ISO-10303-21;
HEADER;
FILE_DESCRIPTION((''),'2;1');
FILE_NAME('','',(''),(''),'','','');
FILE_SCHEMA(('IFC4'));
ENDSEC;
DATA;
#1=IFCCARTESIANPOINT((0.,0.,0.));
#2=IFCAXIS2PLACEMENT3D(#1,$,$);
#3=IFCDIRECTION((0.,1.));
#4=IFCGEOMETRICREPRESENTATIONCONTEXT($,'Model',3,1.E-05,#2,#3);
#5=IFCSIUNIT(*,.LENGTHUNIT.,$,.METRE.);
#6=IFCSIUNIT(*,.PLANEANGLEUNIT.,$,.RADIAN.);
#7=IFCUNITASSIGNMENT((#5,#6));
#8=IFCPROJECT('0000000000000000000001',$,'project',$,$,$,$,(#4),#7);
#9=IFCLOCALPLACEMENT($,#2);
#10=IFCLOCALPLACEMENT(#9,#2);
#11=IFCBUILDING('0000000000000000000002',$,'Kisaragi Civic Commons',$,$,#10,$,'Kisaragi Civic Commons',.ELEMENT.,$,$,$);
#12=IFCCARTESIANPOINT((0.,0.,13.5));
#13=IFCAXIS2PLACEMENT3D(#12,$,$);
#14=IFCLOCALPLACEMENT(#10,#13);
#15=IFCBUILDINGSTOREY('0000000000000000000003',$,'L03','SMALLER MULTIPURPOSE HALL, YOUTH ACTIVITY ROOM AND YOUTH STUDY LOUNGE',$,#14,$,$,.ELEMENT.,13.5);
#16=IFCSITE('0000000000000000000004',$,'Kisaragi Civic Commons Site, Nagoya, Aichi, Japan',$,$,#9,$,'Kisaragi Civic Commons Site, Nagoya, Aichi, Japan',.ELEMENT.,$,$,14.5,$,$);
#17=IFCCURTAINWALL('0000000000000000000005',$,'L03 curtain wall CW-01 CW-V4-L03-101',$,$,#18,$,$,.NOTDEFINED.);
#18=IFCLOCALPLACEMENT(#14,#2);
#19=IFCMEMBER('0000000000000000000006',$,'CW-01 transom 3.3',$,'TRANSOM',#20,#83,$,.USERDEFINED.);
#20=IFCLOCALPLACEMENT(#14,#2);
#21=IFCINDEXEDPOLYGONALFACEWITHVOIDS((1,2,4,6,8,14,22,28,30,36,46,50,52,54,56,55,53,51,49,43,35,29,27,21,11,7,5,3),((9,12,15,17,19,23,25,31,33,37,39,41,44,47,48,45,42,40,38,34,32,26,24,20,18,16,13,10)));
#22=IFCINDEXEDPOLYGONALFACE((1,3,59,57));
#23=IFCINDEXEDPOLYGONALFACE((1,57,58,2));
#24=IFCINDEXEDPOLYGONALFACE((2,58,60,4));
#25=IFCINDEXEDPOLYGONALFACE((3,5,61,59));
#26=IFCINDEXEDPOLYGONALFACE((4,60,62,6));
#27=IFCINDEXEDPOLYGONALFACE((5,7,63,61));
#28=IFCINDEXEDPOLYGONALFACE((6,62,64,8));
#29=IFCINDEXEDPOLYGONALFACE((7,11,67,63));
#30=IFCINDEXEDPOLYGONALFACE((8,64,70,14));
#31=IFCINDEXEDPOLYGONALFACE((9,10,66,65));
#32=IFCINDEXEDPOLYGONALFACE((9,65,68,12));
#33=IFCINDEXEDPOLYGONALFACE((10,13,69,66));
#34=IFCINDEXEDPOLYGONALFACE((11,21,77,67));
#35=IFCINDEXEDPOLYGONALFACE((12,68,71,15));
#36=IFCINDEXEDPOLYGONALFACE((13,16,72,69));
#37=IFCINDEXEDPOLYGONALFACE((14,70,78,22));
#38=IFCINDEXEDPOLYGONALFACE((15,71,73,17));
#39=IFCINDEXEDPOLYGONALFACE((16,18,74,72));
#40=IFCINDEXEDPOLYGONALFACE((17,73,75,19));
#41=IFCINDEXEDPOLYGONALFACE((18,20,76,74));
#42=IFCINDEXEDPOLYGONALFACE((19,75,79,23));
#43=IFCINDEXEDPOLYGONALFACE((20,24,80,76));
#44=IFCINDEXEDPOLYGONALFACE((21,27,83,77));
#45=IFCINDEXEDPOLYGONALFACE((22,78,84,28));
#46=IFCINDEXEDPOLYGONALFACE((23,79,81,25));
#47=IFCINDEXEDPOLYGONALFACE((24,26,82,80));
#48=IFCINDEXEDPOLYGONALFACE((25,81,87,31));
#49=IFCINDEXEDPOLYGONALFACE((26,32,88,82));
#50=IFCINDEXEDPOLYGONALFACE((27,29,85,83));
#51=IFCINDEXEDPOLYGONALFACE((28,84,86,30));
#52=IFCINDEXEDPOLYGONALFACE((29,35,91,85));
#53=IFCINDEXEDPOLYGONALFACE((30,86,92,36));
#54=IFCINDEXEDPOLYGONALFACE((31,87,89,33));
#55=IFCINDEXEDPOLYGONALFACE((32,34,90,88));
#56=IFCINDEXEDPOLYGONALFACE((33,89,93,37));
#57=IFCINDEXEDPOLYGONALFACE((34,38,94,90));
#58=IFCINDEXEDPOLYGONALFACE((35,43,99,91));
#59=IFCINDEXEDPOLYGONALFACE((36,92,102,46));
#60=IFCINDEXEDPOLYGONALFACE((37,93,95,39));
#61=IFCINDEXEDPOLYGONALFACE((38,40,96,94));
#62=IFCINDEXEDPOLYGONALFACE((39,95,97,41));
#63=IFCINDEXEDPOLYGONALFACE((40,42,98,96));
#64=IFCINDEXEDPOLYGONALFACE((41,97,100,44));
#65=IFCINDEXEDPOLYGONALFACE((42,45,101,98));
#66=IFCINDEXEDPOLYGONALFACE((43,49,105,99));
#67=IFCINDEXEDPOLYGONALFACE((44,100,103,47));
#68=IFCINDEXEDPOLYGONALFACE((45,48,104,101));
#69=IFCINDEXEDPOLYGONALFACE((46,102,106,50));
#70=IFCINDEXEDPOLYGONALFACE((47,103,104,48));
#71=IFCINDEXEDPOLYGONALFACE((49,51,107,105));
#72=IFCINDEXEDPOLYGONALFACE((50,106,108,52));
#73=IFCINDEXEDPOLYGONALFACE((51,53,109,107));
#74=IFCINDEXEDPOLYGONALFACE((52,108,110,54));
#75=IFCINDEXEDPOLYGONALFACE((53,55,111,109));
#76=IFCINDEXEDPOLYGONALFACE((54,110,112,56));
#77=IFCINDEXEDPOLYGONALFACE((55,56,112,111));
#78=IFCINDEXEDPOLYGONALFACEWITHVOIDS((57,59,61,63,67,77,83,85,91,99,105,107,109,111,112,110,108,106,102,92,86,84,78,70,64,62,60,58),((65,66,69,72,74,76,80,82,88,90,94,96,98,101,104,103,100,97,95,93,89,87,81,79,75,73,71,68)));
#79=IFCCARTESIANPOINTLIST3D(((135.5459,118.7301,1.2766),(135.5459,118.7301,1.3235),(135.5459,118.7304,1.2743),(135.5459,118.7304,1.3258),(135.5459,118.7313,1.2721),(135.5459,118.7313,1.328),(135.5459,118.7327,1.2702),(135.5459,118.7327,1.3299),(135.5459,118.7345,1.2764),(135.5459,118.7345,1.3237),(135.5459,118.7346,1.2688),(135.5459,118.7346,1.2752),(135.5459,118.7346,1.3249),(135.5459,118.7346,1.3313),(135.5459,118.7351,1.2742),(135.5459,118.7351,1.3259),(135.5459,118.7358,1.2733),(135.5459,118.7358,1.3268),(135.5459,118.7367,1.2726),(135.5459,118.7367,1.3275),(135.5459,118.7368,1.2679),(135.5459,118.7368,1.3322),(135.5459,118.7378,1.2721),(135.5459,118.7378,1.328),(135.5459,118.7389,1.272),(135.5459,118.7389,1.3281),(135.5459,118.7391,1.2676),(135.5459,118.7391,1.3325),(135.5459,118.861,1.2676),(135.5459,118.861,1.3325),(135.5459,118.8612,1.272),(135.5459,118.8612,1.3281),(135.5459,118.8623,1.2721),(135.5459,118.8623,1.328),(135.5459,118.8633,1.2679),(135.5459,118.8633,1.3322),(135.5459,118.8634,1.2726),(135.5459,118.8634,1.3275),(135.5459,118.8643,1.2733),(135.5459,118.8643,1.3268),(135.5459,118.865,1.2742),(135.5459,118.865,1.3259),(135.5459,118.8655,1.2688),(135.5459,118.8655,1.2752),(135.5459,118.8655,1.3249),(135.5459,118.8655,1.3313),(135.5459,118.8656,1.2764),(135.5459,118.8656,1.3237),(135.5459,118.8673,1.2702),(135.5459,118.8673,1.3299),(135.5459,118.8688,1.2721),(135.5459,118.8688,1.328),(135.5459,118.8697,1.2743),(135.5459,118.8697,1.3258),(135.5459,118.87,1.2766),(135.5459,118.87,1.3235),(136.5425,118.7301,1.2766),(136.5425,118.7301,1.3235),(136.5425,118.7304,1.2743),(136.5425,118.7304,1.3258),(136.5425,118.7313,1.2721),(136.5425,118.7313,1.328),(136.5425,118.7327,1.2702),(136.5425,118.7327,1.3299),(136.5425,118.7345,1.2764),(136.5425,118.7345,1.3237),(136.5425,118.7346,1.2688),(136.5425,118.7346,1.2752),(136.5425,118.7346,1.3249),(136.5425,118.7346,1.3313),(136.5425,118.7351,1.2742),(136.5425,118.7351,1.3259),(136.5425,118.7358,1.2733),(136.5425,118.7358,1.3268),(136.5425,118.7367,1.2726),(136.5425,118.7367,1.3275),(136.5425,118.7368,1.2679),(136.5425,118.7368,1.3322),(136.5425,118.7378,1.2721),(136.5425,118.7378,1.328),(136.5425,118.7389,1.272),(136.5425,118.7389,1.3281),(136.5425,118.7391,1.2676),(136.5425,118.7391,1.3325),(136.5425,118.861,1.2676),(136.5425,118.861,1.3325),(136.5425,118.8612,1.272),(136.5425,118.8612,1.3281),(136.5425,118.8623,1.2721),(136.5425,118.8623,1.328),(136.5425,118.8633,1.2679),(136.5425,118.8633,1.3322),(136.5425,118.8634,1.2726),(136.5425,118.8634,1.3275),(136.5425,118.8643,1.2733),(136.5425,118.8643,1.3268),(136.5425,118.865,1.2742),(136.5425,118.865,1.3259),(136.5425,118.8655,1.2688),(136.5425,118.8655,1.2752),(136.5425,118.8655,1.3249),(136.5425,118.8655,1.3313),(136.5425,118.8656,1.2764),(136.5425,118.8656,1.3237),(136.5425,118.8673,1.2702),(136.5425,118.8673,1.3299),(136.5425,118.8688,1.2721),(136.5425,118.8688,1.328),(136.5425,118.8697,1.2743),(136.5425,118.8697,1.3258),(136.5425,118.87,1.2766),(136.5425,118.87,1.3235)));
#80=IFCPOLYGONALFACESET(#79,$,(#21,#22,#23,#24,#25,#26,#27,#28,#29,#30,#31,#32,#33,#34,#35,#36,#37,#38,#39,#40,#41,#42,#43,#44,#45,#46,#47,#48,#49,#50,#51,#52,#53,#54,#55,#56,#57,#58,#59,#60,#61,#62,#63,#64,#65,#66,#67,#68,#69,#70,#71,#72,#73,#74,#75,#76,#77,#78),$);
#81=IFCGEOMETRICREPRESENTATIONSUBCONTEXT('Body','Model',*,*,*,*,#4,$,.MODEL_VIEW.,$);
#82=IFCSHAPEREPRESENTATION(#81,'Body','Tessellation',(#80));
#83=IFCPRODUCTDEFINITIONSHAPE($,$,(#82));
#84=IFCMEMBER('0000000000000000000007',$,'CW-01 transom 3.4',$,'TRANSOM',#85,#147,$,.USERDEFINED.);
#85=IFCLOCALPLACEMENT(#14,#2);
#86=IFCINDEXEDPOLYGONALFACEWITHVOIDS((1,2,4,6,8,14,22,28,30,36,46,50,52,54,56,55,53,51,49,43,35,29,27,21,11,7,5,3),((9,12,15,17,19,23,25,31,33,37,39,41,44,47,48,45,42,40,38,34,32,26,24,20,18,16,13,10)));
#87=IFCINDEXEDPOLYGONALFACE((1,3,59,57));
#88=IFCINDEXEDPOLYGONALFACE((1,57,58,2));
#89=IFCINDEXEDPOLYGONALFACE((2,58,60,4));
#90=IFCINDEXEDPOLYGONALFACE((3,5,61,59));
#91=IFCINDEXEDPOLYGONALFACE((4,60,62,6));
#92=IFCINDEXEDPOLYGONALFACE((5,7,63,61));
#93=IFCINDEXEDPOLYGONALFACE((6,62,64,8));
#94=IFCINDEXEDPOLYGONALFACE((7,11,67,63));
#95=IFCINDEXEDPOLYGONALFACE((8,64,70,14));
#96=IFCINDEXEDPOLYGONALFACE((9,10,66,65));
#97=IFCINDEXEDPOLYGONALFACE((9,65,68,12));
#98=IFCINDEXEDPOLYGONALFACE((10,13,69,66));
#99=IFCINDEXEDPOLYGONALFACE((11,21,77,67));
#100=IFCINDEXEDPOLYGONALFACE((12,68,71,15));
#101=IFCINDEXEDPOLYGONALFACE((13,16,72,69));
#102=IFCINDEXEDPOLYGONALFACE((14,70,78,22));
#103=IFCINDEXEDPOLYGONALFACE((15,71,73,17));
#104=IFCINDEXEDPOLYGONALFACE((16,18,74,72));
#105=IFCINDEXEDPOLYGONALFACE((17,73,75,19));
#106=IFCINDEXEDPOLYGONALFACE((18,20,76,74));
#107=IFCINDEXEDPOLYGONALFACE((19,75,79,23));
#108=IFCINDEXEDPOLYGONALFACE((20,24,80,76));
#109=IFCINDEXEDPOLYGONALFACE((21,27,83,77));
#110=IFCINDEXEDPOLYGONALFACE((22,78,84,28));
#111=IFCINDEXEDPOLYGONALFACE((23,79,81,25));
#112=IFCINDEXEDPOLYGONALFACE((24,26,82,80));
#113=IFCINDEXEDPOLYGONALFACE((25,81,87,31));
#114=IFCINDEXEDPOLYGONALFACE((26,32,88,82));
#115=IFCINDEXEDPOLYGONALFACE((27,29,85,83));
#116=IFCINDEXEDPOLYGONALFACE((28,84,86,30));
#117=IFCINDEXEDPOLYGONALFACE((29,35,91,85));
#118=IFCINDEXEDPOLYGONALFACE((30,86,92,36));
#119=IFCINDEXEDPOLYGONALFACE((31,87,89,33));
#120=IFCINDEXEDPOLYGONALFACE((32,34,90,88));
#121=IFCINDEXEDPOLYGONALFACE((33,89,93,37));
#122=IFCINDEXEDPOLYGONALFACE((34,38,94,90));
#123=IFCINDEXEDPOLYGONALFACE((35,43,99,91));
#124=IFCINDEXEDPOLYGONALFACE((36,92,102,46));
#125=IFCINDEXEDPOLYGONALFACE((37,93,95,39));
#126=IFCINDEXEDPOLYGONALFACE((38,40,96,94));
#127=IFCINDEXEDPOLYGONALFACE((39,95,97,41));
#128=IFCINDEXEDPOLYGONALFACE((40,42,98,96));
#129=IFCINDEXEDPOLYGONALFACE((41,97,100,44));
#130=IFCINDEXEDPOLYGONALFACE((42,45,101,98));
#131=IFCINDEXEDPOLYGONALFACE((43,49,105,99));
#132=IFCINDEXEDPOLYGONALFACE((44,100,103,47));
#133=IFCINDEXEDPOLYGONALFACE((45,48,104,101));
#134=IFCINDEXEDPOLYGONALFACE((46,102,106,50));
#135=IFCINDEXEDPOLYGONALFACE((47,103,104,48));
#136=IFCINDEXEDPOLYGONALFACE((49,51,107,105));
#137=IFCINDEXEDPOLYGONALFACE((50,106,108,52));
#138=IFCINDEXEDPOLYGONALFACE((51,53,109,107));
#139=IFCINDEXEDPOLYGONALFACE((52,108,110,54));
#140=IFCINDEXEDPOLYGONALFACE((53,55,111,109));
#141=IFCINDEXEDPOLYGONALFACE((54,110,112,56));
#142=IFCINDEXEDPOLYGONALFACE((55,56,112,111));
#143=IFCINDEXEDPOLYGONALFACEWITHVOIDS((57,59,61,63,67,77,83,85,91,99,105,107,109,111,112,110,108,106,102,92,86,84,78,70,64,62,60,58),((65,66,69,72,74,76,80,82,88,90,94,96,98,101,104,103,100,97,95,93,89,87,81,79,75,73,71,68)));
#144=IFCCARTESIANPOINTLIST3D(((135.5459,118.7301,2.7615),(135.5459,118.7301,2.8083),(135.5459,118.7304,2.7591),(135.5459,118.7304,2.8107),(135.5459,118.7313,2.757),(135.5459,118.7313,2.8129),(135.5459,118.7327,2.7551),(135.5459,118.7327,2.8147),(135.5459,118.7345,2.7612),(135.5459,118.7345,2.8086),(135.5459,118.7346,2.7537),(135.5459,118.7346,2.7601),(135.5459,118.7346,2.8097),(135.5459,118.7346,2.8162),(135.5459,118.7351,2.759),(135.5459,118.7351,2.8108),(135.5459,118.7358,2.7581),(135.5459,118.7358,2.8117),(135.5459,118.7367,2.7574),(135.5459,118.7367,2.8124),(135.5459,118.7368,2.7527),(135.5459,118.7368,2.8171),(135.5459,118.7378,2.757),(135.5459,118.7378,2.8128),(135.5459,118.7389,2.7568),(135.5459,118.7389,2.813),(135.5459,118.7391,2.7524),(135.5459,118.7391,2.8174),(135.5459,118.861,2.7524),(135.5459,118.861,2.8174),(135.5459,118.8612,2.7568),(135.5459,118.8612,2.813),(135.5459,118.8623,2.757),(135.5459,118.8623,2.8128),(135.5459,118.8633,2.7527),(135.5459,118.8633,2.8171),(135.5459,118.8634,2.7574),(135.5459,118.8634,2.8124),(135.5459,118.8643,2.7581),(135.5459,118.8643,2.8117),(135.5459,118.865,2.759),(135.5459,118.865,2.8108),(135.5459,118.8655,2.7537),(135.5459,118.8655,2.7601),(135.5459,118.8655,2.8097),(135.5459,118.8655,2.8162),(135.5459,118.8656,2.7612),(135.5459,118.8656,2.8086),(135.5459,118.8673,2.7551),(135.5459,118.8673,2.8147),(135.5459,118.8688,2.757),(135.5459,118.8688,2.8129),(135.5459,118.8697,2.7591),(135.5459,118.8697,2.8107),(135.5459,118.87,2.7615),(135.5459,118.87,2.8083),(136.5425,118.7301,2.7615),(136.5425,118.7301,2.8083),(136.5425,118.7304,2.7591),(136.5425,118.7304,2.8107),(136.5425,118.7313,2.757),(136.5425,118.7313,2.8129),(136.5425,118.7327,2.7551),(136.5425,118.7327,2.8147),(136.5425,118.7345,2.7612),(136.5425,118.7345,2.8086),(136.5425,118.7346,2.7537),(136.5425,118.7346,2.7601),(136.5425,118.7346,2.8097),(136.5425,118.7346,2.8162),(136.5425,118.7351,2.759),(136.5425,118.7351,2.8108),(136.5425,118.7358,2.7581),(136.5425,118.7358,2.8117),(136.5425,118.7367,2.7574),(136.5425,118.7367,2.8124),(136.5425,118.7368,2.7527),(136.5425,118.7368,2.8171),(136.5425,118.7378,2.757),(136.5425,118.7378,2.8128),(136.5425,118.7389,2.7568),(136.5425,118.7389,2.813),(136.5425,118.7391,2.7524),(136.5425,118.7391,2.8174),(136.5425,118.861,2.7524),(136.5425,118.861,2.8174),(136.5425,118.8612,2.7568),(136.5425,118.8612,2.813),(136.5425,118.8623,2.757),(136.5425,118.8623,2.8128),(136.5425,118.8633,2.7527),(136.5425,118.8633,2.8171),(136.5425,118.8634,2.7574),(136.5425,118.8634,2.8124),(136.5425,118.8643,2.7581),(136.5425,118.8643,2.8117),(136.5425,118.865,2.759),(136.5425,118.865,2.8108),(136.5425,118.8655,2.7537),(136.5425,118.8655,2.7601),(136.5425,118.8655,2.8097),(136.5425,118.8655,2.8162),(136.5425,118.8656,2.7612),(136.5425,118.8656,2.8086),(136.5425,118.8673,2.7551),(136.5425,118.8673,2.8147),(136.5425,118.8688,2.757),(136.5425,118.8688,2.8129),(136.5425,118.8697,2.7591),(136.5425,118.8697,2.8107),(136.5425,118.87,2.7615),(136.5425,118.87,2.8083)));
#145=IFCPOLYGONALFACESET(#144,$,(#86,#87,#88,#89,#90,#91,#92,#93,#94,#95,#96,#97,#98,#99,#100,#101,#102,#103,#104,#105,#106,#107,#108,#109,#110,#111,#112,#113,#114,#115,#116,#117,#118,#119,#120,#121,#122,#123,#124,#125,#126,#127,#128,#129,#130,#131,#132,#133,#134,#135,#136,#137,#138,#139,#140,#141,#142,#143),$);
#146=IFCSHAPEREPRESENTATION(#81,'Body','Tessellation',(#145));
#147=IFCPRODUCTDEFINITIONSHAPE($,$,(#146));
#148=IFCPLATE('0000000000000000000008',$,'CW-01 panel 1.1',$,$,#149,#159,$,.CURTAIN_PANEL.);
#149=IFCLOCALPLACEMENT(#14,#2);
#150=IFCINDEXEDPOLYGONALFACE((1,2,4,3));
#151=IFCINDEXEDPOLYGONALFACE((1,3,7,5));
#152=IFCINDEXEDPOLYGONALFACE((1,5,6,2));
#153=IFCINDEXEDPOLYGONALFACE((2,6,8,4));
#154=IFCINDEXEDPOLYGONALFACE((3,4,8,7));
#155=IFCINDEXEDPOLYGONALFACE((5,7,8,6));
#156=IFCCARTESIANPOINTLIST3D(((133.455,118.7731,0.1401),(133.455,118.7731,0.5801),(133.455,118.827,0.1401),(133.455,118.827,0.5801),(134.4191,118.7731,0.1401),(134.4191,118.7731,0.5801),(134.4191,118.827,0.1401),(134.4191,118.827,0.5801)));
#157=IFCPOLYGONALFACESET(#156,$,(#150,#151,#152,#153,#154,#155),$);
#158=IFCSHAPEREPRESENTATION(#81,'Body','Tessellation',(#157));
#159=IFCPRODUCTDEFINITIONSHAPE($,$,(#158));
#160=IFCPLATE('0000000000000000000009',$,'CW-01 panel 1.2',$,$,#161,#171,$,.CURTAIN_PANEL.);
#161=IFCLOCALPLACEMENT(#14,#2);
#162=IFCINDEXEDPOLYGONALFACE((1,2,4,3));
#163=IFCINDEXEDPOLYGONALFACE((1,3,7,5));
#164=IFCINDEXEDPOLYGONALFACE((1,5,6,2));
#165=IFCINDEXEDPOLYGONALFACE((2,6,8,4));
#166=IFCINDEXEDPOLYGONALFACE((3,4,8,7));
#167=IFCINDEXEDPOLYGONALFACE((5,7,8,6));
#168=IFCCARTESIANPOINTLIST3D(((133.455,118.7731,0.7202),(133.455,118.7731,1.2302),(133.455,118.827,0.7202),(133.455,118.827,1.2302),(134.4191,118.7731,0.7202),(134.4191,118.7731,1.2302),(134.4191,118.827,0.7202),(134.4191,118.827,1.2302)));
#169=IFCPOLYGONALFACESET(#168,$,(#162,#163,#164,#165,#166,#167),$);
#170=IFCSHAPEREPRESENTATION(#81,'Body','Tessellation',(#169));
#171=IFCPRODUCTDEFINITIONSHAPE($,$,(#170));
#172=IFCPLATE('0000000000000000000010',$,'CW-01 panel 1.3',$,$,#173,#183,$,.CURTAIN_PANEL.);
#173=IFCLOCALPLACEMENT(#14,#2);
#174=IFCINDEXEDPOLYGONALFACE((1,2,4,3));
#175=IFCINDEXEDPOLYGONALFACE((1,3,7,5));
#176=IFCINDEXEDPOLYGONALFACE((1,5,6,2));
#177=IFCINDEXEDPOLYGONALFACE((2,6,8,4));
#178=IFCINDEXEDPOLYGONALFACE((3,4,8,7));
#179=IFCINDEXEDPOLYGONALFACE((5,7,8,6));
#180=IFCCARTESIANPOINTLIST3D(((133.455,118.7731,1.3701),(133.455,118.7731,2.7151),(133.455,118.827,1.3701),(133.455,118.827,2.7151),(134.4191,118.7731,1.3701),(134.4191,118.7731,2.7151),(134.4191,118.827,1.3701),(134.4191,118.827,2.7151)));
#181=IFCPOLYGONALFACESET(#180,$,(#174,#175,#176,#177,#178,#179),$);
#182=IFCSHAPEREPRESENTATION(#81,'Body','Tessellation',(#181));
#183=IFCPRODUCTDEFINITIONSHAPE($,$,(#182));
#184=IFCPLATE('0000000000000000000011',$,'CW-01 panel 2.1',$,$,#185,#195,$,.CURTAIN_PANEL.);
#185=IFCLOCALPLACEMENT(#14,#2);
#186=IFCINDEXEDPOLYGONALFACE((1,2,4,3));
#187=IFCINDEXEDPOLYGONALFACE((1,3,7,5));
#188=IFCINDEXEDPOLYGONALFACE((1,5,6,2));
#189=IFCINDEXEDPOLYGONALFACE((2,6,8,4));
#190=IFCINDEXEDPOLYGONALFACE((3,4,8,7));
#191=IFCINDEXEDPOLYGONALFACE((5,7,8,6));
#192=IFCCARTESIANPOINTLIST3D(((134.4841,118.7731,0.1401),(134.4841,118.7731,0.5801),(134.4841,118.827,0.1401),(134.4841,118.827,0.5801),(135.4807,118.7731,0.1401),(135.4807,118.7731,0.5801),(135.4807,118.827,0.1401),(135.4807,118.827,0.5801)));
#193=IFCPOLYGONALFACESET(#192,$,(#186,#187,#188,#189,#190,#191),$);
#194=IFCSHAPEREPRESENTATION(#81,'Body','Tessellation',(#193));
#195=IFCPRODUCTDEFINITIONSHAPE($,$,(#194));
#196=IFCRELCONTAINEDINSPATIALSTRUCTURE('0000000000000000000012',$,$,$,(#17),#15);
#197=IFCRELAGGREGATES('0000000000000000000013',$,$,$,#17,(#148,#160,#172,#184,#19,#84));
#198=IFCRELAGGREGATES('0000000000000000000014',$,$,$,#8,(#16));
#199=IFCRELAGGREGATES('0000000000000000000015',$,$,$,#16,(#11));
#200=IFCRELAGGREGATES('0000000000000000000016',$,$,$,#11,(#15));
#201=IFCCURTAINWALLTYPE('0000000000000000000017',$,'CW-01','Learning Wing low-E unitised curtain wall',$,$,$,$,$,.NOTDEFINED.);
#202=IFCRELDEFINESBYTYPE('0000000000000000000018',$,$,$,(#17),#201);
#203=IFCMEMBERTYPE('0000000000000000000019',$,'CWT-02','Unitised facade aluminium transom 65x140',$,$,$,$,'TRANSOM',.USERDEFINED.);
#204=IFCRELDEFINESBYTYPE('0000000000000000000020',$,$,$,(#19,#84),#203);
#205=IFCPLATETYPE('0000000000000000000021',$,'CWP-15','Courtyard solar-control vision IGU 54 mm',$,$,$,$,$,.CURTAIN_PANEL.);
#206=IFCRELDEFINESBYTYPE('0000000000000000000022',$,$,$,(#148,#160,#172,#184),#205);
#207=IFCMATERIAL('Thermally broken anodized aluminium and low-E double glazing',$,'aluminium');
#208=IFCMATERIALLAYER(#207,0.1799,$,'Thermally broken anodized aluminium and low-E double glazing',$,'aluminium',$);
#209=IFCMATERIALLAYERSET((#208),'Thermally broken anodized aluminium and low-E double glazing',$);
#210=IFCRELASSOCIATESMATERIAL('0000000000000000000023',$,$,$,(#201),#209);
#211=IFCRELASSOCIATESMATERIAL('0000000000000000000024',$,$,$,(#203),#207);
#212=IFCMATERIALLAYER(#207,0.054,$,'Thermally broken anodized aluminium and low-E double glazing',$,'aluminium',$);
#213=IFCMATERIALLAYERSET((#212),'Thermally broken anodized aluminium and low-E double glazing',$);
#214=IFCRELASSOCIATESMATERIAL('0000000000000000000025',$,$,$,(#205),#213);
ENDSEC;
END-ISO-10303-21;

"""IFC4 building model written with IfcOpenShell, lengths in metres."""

from ifc_helpers import new_model, si_unit, direction, frame, origin, origin_2d, place, context, subcontext, project, spatial, rectangle, hollow_rectangle, extrude, material, layer, layer_set, material_profile, profile_set, type_object, element, aggregate, save


model = new_model("IFC4")

# Units and contexts
model_context = context("Model", 3, precision=1e-05, world=origin(), true_north=direction((0.0, 1.0)))
body_context = subcontext(model_context, "Body", "Model", "MODEL_VIEW")
ifc_project = project(units=[si_unit("LENGTHUNIT", "METRE"), si_unit("PLANEANGLEUNIT", "RADIAN")], contexts=[model_context])

# Site, building, storey
site_placement = place(None, origin())
site = spatial("IfcSite", under=ifc_project, at=site_placement, Name="Kisaragi Civic Commons Site, Nagoya, Aichi, Japan", LongName="Kisaragi Civic Commons Site, Nagoya, Aichi, Japan", CompositionType="ELEMENT", RefElevation=14.5)
building_placement = place(site_placement, origin())
building = spatial("IfcBuilding", under=site, at=building_placement, Name="Kisaragi Civic Commons", LongName="Kisaragi Civic Commons", CompositionType="ELEMENT")
storey_placement = place(building_placement, frame((0.0, 0.0, 13.5)))
storey = spatial("IfcBuildingStorey", under=building, at=storey_placement, Name="L03", Description="SMALLER MULTIPURPOSE HALL, YOUTH ACTIVITY ROOM AND YOUTH STUDY LOUNGE", CompositionType="ELEMENT", Elevation=13.5)

# Curtain wall, members, plates
ifc_material = material(Name="Thermally broken anodized aluminium and low-E double glazing", Category="aluminium")
ifc_layer_1 = layer(ifc_material, 0.1799, Name="Thermally broken anodized aluminium and low-E double glazing", Category="aluminium")
ifc_layer_set_1 = layer_set([ifc_layer_1], Name="Thermally broken anodized aluminium and low-E double glazing")
curtain_wall_type = type_object("IfcCurtainWallType", Name="CW-01", Description="Learning Wing low-E unitised curtain wall", PredefinedType="NOTDEFINED", material=ifc_layer_set_1)
curtain_wall_placement = place(storey_placement, origin())
curtain_wall = element("IfcCurtainWall", 1, at=curtain_wall_placement, inside=storey, type_object=curtain_wall_type, Name="L03 curtain wall CW-01 CW-V4-L03-101", PredefinedType="NOTDEFINED")
ifc_material_profile_1 = material_profile(ifc_material, hollow_rectangle(XDim=0.1399, YDim=0.0649, WallThickness=0.0044, InnerFilletRadius=0.0044, OuterFilletRadius=0.009, at=origin_2d()), Name="CWT-65x140x4.5", Category="aluminium")
ifc_profile_set_1 = profile_set([ifc_material_profile_1], Name="Thermally broken anodized aluminium and low-E double glazing")
member_type_1 = type_object("IfcMemberType", Name="CWT-02", Description="Unitised facade aluminium transom 65x140", ElementType="TRANSOM", PredefinedType="USERDEFINED", material=ifc_profile_set_1)
member_1_placement = place(storey_placement, frame((135.5459, 118.8, 1.3), z_axis=(1.0, 0.0, 0.0), x_axis=(0.0, 1.0, 0.0)))
member_1 = element("IfcMember", 2, at=member_1_placement, type_object=member_type_1, Name="CW-01 transom 3.3", ObjectType="TRANSOM", PredefinedType="USERDEFINED", context=body_context, shape_type="SweptSolid", body=[
    extrude(hollow_rectangle(XDim=0.1399, YDim=0.0649, WallThickness=0.0044, InnerFilletRadius=0.0044, OuterFilletRadius=0.009, at=origin_2d()), origin(), (0.0, 0.0, 1.0), 0.9966),
])
member_2_placement = place(storey_placement, frame((135.5459, 118.8, 2.7849), z_axis=(1.0, 0.0, 0.0), x_axis=(0.0, 1.0, 0.0)))
member_2 = element("IfcMember", 3, at=member_2_placement, type_object=member_type_1, Name="CW-01 transom 3.4", ObjectType="TRANSOM", PredefinedType="USERDEFINED", context=body_context, shape_type="SweptSolid", body=[
    extrude(hollow_rectangle(XDim=0.1399, YDim=0.0649, WallThickness=0.0044, InnerFilletRadius=0.0044, OuterFilletRadius=0.009, at=origin_2d()), origin(), (0.0, 0.0, 1.0), 0.9966),
])
ifc_layer_2 = layer(ifc_material, 0.054, Name="Thermally broken anodized aluminium and low-E double glazing", Category="aluminium")
ifc_layer_set_2 = layer_set([ifc_layer_2], Name="Thermally broken anodized aluminium and low-E double glazing")
plate_type = type_object("IfcPlateType", Name="CWP-15", Description="Courtyard solar-control vision IGU 54 mm", PredefinedType="CURTAIN_PANEL", material=ifc_layer_set_2)
plate_1_placement = place(storey_placement, frame((133.937, 118.8, 0.1401), z_axis=(0.0, 0.0, 1.0), x_axis=(1.0, 0.0, 0.0)))
plate_1 = element("IfcPlate", 4, at=plate_1_placement, type_object=plate_type, Name="CW-01 panel 1.1", PredefinedType="CURTAIN_PANEL", context=body_context, shape_type="SweptSolid", body=[
    extrude(rectangle(XDim=0.9641, YDim=0.054, at=origin_2d()), origin(), (0.0, 0.0, 1.0), 0.4399),
])
plate_2_placement = place(storey_placement, frame((133.937, 118.8, 0.7202), z_axis=(0.0, 0.0, 1.0), x_axis=(1.0, 0.0, 0.0)))
plate_2 = element("IfcPlate", 5, at=plate_2_placement, type_object=plate_type, Name="CW-01 panel 1.2", PredefinedType="CURTAIN_PANEL", context=body_context, shape_type="SweptSolid", body=[
    extrude(rectangle(XDim=0.9641, YDim=0.054, at=origin_2d()), origin(), (0.0, 0.0, 1.0), 0.51),
])
plate_3_placement = place(storey_placement, frame((133.937, 118.8, 1.3701), z_axis=(0.0, 0.0, 1.0), x_axis=(1.0, 0.0, 0.0)))
plate_3 = element("IfcPlate", 6, at=plate_3_placement, type_object=plate_type, Name="CW-01 panel 1.3", PredefinedType="CURTAIN_PANEL", context=body_context, shape_type="SweptSolid", body=[
    extrude(rectangle(XDim=0.9641, YDim=0.054, at=origin_2d()), origin(), (0.0, 0.0, 1.0), 1.345),
])
plate_4_placement = place(storey_placement, frame((134.9824, 118.8, 0.1401), z_axis=(0.0, 0.0, 1.0), x_axis=(1.0, 0.0, 0.0)))
plate_4 = element("IfcPlate", 7, at=plate_4_placement, type_object=plate_type, Name="CW-01 panel 2.1", PredefinedType="CURTAIN_PANEL", context=body_context, shape_type="SweptSolid", body=[
    extrude(rectangle(XDim=0.9966, YDim=0.054, at=origin_2d()), origin(), (0.0, 0.0, 1.0), 0.4399),
])
aggregate(curtain_wall, [plate_1, plate_2, plate_3, plate_4, member_1, member_2])

save(model, "model.ifc")
